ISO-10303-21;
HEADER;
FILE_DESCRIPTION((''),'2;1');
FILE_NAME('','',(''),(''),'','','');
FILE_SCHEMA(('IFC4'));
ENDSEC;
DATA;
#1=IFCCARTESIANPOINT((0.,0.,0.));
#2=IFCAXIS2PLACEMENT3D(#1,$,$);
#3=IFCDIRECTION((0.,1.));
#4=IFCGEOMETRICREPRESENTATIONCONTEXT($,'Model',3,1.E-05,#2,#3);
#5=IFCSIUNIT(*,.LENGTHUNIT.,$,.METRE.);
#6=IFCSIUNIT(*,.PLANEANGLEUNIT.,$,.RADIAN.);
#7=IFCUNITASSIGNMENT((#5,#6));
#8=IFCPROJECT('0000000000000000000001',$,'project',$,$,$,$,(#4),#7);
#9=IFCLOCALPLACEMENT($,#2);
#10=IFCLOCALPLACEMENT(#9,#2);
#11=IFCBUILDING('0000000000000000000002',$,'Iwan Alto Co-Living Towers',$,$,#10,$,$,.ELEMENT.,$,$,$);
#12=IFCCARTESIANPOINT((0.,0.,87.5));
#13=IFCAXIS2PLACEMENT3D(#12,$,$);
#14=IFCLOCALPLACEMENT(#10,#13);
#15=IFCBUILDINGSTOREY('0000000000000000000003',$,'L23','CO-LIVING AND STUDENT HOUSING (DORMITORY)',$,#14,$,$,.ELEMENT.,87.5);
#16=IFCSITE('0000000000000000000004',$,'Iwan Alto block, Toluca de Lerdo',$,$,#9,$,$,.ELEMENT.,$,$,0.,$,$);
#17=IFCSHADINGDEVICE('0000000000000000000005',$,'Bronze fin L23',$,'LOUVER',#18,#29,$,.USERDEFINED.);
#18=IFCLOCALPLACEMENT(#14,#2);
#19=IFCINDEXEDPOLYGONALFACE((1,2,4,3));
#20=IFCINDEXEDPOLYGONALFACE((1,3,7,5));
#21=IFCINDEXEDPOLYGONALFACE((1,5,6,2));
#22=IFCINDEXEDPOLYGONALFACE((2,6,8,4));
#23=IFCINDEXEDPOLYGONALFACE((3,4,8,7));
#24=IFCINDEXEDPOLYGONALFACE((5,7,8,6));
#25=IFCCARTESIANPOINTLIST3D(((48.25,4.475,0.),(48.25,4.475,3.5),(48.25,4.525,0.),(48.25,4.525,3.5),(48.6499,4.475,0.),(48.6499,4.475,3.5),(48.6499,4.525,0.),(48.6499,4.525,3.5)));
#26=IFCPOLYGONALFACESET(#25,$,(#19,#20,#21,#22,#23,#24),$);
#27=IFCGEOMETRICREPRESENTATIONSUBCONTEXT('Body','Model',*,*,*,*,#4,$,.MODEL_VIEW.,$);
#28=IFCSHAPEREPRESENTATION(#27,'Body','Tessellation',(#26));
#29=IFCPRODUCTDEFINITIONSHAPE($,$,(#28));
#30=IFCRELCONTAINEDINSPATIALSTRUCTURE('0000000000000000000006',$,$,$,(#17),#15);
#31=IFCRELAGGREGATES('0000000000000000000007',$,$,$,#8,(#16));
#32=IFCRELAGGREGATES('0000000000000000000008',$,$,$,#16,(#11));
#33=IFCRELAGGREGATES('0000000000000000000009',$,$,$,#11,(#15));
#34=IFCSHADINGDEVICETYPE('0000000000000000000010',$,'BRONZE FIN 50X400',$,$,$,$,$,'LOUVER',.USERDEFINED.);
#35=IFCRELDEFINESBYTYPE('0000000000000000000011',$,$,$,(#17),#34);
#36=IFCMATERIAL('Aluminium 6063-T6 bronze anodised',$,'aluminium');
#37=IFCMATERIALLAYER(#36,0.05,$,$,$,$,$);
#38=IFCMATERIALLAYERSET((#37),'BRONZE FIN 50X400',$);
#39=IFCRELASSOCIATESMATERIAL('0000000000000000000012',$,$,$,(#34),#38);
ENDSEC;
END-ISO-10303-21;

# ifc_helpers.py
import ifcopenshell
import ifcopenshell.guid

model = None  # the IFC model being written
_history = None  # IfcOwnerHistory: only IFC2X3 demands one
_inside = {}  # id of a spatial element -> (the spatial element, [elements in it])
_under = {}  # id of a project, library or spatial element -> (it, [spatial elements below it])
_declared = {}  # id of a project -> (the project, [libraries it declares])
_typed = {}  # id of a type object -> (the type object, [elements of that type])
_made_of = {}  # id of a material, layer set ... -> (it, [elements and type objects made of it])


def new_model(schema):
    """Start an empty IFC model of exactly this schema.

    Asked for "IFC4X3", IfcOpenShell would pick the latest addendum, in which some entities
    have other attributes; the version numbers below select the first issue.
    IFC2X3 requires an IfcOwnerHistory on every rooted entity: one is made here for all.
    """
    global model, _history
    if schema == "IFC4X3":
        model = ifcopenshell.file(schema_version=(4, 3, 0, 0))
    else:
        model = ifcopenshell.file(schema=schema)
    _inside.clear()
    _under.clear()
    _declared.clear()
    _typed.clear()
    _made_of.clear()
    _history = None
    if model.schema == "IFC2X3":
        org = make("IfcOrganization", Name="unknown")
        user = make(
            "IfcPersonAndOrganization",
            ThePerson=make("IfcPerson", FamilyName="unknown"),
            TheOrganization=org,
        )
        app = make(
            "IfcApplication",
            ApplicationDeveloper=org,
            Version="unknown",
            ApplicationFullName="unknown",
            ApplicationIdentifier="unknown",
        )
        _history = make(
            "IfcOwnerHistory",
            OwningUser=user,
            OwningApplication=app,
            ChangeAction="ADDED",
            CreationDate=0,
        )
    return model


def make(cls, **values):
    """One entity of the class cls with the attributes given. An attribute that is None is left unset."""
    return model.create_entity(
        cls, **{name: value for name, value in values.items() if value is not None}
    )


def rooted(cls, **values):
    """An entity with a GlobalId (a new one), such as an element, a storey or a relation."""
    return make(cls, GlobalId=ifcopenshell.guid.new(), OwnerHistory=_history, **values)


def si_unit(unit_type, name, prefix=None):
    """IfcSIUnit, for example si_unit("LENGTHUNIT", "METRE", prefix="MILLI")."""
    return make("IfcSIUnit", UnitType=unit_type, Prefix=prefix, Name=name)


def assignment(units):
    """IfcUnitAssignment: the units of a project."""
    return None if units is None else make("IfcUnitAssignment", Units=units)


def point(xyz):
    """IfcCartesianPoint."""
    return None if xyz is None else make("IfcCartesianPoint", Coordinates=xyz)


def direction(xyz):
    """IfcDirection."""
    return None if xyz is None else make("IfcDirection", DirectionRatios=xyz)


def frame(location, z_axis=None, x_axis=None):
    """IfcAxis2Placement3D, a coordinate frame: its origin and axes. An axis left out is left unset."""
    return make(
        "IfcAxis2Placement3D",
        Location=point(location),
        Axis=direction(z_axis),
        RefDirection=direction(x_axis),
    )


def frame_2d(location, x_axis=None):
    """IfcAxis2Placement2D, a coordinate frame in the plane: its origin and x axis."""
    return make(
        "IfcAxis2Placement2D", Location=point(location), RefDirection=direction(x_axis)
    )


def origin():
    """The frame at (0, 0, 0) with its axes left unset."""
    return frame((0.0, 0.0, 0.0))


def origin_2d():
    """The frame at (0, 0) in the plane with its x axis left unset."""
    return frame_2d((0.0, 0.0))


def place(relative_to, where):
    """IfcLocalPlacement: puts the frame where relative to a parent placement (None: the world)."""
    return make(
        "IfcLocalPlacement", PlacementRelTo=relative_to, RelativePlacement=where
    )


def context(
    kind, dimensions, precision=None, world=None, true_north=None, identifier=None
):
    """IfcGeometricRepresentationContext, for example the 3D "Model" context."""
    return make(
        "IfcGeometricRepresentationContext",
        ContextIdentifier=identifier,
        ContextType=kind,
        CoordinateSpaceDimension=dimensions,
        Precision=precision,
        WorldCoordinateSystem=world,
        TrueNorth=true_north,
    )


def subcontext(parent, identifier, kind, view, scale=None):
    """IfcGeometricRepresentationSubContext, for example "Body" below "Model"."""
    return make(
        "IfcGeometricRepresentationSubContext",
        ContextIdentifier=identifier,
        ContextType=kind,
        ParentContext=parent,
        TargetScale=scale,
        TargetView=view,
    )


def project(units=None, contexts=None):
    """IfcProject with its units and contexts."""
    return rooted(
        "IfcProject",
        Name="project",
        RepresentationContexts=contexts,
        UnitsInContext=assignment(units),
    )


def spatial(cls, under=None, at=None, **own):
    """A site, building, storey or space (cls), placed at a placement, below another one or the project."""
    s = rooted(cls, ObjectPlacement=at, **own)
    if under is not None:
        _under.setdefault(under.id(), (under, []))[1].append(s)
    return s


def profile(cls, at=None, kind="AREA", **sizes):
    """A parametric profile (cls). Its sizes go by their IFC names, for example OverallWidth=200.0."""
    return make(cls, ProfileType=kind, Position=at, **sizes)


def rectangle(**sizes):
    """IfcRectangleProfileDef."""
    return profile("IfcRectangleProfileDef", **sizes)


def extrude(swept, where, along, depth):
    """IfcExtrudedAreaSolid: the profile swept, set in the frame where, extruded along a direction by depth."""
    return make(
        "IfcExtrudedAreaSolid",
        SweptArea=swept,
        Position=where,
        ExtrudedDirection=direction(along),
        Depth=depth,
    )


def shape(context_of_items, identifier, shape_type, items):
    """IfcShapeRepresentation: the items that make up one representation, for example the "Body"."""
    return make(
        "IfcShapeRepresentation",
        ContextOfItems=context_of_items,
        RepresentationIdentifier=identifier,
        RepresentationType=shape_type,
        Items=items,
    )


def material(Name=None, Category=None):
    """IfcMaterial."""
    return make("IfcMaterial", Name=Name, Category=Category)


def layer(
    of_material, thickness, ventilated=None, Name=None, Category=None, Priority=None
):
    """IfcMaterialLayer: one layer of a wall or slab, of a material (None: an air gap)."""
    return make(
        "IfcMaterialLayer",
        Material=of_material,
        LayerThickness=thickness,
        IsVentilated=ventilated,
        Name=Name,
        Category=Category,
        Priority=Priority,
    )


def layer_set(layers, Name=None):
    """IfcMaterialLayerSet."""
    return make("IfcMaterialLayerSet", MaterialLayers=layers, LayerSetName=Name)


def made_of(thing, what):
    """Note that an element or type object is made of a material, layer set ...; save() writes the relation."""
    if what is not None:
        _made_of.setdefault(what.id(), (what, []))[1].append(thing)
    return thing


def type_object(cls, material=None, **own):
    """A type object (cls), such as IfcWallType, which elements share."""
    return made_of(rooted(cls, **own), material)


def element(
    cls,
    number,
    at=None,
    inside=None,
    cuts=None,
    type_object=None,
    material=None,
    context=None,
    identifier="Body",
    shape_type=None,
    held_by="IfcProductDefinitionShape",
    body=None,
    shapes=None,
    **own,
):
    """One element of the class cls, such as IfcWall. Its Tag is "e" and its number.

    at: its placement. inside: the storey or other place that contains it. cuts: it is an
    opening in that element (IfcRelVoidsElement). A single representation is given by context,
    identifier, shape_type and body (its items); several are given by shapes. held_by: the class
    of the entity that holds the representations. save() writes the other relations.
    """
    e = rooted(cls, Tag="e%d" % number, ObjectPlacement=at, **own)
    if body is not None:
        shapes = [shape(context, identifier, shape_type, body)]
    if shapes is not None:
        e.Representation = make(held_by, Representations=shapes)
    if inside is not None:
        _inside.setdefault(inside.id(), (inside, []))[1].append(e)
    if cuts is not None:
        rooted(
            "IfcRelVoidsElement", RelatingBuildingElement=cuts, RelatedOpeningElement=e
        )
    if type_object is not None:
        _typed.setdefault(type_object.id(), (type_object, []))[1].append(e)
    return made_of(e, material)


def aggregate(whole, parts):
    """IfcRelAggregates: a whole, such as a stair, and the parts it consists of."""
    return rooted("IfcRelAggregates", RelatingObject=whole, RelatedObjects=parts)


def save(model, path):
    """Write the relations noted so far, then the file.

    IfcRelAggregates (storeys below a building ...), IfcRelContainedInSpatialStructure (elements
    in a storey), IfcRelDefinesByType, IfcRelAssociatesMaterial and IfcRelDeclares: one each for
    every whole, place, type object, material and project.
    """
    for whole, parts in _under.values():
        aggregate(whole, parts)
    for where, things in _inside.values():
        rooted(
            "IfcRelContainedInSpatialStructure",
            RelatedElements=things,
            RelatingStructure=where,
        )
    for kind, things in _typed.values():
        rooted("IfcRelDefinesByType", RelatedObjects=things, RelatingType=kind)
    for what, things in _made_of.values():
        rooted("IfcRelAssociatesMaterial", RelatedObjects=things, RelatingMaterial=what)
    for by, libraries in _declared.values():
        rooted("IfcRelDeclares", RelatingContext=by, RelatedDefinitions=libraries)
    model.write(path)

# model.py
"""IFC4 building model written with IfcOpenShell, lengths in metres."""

from ifc_helpers import new_model, si_unit, direction, frame, origin, origin_2d, place, context, subcontext, project, spatial, rectangle, extrude, material, layer, layer_set, type_object, element, save


model = new_model("IFC4")

# Units and contexts
model_context = context("Model", 3, precision=1e-05, world=origin(), true_north=direction((0.0, 1.0)))
body_context = subcontext(model_context, "Body", "Model", "MODEL_VIEW")
ifc_project = project(units=[si_unit("LENGTHUNIT", "METRE"), si_unit("PLANEANGLEUNIT", "RADIAN")], contexts=[model_context])

# Site, building, storey
site_placement = place(None, origin())
site = spatial("IfcSite", under=ifc_project, at=site_placement, Name="Iwan Alto block, Toluca de Lerdo", CompositionType="ELEMENT", RefElevation=0.0)
building_placement = place(site_placement, origin())
building = spatial("IfcBuilding", under=site, at=building_placement, Name="Iwan Alto Co-Living Towers", CompositionType="ELEMENT")
storey_placement = place(building_placement, frame((0.0, 0.0, 87.5)))
storey = spatial("IfcBuildingStorey", under=building, at=storey_placement, Name="L23", Description="CO-LIVING AND STUDENT HOUSING (DORMITORY)", CompositionType="ELEMENT", Elevation=87.5)

# Shading device
ifc_material_1 = material(Name="Aluminium 6063-T6 bronze anodised", Category="aluminium")
ifc_layer_1 = layer(ifc_material_1, 0.05)
ifc_layer_set_1 = layer_set([ifc_layer_1], Name="BRONZE FIN 50X400")
shading_device_type = type_object("IfcShadingDeviceType", Name="BRONZE FIN 50X400", ElementType="LOUVER", PredefinedType="USERDEFINED", material=ifc_layer_set_1)
shading_device_placement = place(storey_placement, frame((48.45, 4.5, 0.0), z_axis=(0.0, 0.0, 1.0), x_axis=(0.0, -1.0, 0.0)))
element("IfcShadingDevice", 1, at=shading_device_placement, inside=storey, type_object=shading_device_type, Name="Bronze fin L23", ObjectType="LOUVER", PredefinedType="USERDEFINED", context=body_context, shape_type="SweptSolid", body=[
    extrude(rectangle(XDim=0.05, YDim=0.3999, at=origin_2d()), origin(), (0.0, 0.0, 1.0), 3.5),
])

save(model, "model.ifc")
